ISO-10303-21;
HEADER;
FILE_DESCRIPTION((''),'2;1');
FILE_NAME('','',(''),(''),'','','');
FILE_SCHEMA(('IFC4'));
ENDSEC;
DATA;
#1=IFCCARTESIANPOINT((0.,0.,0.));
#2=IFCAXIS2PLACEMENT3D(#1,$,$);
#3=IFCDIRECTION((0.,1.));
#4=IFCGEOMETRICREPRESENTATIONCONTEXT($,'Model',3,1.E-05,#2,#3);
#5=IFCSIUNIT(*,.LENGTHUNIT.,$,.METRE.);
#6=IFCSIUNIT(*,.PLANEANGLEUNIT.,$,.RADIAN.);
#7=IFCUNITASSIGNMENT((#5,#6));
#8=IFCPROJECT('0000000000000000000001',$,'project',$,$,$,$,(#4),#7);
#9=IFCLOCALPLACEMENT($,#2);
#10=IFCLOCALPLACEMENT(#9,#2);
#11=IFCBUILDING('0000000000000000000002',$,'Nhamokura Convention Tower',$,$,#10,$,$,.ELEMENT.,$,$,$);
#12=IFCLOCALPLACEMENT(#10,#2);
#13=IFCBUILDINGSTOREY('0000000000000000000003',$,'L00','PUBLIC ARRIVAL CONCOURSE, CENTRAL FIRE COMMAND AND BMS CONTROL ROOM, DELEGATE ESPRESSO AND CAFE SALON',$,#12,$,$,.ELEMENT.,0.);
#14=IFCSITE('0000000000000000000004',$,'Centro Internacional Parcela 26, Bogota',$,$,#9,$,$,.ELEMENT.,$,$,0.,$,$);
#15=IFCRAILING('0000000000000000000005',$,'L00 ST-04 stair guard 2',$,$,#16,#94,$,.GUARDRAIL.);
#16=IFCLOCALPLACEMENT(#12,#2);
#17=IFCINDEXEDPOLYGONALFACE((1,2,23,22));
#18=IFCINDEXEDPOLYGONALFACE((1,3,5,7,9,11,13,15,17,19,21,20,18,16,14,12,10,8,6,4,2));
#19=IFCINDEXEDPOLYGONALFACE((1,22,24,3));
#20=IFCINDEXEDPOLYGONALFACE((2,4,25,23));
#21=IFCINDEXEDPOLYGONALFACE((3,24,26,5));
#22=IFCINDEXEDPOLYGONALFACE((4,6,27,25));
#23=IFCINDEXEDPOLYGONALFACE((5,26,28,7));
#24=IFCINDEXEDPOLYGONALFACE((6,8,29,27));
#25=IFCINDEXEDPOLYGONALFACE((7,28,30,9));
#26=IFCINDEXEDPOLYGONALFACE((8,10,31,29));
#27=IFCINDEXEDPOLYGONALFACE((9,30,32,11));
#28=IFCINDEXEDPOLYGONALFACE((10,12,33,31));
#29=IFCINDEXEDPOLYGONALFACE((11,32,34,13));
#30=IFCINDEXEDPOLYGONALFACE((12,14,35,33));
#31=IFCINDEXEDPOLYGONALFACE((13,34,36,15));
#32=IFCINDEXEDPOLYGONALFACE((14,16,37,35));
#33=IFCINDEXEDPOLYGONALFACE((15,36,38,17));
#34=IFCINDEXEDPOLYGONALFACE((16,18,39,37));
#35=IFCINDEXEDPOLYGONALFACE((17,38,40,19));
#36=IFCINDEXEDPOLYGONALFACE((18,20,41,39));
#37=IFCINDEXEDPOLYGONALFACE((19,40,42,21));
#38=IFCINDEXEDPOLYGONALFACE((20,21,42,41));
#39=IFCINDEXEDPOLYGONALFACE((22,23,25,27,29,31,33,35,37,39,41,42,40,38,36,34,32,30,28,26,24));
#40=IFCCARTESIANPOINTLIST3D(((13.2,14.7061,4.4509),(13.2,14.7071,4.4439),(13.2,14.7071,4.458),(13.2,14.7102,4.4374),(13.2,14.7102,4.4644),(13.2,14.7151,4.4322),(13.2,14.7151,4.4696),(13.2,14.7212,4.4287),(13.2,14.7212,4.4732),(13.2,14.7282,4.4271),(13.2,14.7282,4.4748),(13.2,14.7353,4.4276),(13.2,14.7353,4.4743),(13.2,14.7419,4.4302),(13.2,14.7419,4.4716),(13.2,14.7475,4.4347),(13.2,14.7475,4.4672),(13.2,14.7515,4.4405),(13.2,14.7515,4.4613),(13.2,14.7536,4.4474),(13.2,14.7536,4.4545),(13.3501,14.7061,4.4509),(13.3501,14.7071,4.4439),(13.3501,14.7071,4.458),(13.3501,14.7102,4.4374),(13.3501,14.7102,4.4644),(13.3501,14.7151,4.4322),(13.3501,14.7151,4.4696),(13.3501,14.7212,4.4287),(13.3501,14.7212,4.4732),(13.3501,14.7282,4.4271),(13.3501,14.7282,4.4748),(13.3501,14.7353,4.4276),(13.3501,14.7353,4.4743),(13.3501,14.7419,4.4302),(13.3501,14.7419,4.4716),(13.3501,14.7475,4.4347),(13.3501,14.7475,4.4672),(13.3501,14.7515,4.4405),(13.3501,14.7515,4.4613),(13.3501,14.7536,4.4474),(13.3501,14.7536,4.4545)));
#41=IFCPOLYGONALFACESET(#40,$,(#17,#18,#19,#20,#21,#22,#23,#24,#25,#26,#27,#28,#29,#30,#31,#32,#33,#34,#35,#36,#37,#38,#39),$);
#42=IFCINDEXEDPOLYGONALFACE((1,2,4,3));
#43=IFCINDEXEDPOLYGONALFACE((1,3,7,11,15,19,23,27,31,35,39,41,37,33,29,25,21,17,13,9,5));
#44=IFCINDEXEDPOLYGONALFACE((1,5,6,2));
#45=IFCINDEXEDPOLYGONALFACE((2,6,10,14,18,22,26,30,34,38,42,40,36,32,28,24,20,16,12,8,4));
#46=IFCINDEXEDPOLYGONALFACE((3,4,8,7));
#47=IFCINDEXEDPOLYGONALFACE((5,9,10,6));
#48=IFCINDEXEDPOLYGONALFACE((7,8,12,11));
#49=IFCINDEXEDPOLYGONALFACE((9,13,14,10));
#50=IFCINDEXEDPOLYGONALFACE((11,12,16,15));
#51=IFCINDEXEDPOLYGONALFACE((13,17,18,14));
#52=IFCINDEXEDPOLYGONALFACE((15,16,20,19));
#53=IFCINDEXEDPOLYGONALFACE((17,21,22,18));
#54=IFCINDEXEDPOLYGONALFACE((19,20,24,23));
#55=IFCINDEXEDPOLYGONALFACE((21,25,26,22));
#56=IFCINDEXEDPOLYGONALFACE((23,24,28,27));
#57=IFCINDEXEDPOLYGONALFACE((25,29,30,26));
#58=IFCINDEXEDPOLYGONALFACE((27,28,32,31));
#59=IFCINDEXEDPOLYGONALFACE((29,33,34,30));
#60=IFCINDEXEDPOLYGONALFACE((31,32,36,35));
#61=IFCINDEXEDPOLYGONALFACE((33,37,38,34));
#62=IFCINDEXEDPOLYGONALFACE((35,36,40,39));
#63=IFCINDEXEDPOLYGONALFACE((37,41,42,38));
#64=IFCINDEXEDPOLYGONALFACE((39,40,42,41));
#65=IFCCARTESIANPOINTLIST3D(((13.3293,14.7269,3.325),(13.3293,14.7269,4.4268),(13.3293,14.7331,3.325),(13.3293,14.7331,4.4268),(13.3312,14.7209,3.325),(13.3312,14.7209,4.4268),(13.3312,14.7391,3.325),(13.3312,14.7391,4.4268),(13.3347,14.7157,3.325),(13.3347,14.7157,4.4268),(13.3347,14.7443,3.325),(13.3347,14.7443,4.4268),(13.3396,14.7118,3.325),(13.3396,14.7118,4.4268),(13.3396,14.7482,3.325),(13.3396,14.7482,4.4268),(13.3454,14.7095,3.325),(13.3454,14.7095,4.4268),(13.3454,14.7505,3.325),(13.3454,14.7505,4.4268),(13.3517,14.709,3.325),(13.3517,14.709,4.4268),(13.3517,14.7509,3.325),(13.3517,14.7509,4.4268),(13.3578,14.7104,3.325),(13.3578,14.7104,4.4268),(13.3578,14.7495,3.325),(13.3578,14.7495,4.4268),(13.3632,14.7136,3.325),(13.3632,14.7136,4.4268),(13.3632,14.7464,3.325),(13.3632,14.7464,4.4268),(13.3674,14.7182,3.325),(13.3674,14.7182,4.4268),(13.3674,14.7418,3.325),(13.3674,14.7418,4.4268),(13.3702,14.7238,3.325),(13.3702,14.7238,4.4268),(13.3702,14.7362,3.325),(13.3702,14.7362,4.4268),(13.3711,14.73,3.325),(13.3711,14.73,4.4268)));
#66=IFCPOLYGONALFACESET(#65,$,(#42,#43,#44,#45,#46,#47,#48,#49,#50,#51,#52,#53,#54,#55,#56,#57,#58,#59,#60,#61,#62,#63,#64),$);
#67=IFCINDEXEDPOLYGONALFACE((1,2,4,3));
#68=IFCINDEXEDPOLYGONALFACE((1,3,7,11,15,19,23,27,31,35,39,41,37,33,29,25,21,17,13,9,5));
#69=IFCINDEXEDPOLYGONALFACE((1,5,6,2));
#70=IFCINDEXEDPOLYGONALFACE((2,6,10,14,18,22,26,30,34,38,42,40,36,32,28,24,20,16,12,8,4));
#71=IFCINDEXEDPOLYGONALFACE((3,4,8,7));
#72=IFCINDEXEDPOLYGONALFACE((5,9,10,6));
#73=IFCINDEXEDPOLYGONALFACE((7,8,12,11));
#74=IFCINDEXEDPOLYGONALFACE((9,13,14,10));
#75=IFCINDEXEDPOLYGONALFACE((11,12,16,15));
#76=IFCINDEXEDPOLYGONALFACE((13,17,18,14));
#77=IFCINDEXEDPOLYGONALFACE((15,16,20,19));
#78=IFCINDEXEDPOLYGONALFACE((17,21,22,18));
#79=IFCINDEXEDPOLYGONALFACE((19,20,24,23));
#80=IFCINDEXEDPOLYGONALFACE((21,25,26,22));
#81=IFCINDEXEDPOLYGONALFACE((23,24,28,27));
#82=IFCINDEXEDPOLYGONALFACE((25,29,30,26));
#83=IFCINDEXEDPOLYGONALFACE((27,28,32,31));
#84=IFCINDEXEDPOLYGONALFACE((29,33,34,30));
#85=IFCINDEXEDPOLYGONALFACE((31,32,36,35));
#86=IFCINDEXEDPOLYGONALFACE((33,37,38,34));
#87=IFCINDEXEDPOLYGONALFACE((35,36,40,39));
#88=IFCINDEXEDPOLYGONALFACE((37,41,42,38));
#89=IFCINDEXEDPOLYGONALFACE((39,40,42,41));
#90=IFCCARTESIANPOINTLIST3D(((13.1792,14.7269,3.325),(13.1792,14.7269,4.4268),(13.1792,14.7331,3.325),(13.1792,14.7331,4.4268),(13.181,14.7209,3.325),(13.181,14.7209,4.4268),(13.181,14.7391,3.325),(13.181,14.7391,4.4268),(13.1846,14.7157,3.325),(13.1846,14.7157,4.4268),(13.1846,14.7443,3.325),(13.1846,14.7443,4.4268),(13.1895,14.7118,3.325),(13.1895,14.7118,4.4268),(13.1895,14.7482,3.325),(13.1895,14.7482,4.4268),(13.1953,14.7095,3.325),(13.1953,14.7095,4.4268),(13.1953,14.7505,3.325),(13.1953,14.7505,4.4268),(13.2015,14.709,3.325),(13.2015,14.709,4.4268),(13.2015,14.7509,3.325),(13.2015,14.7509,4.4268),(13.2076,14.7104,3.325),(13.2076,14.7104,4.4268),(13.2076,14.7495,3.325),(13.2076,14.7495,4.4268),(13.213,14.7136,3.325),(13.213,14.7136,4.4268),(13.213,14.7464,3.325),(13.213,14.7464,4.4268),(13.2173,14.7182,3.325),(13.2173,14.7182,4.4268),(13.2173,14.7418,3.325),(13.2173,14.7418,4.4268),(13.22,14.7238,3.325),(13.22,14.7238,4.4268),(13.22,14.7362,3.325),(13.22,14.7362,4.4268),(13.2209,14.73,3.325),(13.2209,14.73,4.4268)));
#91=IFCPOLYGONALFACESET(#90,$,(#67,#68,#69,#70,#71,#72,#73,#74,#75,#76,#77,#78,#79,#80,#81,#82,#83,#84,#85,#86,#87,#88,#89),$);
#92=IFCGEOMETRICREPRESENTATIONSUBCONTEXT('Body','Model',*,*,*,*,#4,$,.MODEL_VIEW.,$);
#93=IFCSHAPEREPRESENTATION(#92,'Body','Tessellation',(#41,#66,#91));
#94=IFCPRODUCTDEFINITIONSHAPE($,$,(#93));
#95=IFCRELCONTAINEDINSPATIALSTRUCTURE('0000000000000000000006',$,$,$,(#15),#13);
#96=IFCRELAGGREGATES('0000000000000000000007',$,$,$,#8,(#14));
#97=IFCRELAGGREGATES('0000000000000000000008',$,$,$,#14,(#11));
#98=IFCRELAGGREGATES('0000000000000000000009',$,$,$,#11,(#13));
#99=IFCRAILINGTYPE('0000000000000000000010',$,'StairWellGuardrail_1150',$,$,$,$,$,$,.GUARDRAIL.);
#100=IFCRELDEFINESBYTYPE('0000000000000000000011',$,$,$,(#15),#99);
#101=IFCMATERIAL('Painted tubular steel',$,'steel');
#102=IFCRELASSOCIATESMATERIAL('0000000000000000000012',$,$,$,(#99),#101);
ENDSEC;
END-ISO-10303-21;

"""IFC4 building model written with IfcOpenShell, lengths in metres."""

from ifc_helpers import new_model, si_unit, direction, frame, origin, origin_2d, place, context, subcontext, project, spatial, circle, extrude, material, type_object, element, save


model = new_model("IFC4")

# Units and contexts
model_context = context("Model", 3, precision=1e-05, world=origin(), true_north=direction((0.0, 1.0)))
body_context = subcontext(model_context, "Body", "Model", "MODEL_VIEW")
ifc_project = project(units=[si_unit("LENGTHUNIT", "METRE"), si_unit("PLANEANGLEUNIT", "RADIAN")], contexts=[model_context])

# Site, building, storey
site_placement = place(None, origin())
site = spatial("IfcSite", under=ifc_project, at=site_placement, Name="Centro Internacional Parcela 26, Bogota", CompositionType="ELEMENT", RefElevation=0.0)
building_placement = place(site_placement, origin())
building = spatial("IfcBuilding", under=site, at=building_placement, Name="Nhamokura Convention Tower", CompositionType="ELEMENT")
storey_placement = place(building_placement, origin())
storey = spatial("IfcBuildingStorey", under=building, at=storey_placement, Name="L00", Description="PUBLIC ARRIVAL CONCOURSE, CENTRAL FIRE COMMAND AND BMS CONTROL ROOM, DELEGATE ESPRESSO AND CAFE SALON", CompositionType="ELEMENT", Elevation=0.0)

# Railing
ifc_material_1 = material(Name="Painted tubular steel", Category="steel")
railing_type_1 = type_object("IfcRailingType", Name="StairWellGuardrail_1150", PredefinedType="GUARDRAIL", material=ifc_material_1)
railing_1_placement = place(storey_placement, frame((13.3501, 14.73, 3.325)))
element("IfcRailing", 1, at=railing_1_placement, inside=storey, type_object=railing_type_1, Name="L00 ST-04 stair guard 2", PredefinedType="GUARDRAIL", context=body_context, shape_type="SweptSolid", body=[
    extrude(circle(Radius=0.0239, at=origin_2d()), frame((0.0, 0.0, 1.126), z_axis=(-1.0, 0.0, 0.0), x_axis=(0.0, -1.0, 0.0)), (0.0, 0.0, 1.0), 0.1501),
    extrude(circle(Radius=0.021, at=origin_2d()), origin(), (0.0, 0.0, 1.0), 1.1018),
    extrude(circle(Radius=0.021, at=origin_2d()), frame((-0.1501, 0.0, 0.0)), (0.0, 0.0, 1.0), 1.1018),
])

save(model, "model.ifc")
